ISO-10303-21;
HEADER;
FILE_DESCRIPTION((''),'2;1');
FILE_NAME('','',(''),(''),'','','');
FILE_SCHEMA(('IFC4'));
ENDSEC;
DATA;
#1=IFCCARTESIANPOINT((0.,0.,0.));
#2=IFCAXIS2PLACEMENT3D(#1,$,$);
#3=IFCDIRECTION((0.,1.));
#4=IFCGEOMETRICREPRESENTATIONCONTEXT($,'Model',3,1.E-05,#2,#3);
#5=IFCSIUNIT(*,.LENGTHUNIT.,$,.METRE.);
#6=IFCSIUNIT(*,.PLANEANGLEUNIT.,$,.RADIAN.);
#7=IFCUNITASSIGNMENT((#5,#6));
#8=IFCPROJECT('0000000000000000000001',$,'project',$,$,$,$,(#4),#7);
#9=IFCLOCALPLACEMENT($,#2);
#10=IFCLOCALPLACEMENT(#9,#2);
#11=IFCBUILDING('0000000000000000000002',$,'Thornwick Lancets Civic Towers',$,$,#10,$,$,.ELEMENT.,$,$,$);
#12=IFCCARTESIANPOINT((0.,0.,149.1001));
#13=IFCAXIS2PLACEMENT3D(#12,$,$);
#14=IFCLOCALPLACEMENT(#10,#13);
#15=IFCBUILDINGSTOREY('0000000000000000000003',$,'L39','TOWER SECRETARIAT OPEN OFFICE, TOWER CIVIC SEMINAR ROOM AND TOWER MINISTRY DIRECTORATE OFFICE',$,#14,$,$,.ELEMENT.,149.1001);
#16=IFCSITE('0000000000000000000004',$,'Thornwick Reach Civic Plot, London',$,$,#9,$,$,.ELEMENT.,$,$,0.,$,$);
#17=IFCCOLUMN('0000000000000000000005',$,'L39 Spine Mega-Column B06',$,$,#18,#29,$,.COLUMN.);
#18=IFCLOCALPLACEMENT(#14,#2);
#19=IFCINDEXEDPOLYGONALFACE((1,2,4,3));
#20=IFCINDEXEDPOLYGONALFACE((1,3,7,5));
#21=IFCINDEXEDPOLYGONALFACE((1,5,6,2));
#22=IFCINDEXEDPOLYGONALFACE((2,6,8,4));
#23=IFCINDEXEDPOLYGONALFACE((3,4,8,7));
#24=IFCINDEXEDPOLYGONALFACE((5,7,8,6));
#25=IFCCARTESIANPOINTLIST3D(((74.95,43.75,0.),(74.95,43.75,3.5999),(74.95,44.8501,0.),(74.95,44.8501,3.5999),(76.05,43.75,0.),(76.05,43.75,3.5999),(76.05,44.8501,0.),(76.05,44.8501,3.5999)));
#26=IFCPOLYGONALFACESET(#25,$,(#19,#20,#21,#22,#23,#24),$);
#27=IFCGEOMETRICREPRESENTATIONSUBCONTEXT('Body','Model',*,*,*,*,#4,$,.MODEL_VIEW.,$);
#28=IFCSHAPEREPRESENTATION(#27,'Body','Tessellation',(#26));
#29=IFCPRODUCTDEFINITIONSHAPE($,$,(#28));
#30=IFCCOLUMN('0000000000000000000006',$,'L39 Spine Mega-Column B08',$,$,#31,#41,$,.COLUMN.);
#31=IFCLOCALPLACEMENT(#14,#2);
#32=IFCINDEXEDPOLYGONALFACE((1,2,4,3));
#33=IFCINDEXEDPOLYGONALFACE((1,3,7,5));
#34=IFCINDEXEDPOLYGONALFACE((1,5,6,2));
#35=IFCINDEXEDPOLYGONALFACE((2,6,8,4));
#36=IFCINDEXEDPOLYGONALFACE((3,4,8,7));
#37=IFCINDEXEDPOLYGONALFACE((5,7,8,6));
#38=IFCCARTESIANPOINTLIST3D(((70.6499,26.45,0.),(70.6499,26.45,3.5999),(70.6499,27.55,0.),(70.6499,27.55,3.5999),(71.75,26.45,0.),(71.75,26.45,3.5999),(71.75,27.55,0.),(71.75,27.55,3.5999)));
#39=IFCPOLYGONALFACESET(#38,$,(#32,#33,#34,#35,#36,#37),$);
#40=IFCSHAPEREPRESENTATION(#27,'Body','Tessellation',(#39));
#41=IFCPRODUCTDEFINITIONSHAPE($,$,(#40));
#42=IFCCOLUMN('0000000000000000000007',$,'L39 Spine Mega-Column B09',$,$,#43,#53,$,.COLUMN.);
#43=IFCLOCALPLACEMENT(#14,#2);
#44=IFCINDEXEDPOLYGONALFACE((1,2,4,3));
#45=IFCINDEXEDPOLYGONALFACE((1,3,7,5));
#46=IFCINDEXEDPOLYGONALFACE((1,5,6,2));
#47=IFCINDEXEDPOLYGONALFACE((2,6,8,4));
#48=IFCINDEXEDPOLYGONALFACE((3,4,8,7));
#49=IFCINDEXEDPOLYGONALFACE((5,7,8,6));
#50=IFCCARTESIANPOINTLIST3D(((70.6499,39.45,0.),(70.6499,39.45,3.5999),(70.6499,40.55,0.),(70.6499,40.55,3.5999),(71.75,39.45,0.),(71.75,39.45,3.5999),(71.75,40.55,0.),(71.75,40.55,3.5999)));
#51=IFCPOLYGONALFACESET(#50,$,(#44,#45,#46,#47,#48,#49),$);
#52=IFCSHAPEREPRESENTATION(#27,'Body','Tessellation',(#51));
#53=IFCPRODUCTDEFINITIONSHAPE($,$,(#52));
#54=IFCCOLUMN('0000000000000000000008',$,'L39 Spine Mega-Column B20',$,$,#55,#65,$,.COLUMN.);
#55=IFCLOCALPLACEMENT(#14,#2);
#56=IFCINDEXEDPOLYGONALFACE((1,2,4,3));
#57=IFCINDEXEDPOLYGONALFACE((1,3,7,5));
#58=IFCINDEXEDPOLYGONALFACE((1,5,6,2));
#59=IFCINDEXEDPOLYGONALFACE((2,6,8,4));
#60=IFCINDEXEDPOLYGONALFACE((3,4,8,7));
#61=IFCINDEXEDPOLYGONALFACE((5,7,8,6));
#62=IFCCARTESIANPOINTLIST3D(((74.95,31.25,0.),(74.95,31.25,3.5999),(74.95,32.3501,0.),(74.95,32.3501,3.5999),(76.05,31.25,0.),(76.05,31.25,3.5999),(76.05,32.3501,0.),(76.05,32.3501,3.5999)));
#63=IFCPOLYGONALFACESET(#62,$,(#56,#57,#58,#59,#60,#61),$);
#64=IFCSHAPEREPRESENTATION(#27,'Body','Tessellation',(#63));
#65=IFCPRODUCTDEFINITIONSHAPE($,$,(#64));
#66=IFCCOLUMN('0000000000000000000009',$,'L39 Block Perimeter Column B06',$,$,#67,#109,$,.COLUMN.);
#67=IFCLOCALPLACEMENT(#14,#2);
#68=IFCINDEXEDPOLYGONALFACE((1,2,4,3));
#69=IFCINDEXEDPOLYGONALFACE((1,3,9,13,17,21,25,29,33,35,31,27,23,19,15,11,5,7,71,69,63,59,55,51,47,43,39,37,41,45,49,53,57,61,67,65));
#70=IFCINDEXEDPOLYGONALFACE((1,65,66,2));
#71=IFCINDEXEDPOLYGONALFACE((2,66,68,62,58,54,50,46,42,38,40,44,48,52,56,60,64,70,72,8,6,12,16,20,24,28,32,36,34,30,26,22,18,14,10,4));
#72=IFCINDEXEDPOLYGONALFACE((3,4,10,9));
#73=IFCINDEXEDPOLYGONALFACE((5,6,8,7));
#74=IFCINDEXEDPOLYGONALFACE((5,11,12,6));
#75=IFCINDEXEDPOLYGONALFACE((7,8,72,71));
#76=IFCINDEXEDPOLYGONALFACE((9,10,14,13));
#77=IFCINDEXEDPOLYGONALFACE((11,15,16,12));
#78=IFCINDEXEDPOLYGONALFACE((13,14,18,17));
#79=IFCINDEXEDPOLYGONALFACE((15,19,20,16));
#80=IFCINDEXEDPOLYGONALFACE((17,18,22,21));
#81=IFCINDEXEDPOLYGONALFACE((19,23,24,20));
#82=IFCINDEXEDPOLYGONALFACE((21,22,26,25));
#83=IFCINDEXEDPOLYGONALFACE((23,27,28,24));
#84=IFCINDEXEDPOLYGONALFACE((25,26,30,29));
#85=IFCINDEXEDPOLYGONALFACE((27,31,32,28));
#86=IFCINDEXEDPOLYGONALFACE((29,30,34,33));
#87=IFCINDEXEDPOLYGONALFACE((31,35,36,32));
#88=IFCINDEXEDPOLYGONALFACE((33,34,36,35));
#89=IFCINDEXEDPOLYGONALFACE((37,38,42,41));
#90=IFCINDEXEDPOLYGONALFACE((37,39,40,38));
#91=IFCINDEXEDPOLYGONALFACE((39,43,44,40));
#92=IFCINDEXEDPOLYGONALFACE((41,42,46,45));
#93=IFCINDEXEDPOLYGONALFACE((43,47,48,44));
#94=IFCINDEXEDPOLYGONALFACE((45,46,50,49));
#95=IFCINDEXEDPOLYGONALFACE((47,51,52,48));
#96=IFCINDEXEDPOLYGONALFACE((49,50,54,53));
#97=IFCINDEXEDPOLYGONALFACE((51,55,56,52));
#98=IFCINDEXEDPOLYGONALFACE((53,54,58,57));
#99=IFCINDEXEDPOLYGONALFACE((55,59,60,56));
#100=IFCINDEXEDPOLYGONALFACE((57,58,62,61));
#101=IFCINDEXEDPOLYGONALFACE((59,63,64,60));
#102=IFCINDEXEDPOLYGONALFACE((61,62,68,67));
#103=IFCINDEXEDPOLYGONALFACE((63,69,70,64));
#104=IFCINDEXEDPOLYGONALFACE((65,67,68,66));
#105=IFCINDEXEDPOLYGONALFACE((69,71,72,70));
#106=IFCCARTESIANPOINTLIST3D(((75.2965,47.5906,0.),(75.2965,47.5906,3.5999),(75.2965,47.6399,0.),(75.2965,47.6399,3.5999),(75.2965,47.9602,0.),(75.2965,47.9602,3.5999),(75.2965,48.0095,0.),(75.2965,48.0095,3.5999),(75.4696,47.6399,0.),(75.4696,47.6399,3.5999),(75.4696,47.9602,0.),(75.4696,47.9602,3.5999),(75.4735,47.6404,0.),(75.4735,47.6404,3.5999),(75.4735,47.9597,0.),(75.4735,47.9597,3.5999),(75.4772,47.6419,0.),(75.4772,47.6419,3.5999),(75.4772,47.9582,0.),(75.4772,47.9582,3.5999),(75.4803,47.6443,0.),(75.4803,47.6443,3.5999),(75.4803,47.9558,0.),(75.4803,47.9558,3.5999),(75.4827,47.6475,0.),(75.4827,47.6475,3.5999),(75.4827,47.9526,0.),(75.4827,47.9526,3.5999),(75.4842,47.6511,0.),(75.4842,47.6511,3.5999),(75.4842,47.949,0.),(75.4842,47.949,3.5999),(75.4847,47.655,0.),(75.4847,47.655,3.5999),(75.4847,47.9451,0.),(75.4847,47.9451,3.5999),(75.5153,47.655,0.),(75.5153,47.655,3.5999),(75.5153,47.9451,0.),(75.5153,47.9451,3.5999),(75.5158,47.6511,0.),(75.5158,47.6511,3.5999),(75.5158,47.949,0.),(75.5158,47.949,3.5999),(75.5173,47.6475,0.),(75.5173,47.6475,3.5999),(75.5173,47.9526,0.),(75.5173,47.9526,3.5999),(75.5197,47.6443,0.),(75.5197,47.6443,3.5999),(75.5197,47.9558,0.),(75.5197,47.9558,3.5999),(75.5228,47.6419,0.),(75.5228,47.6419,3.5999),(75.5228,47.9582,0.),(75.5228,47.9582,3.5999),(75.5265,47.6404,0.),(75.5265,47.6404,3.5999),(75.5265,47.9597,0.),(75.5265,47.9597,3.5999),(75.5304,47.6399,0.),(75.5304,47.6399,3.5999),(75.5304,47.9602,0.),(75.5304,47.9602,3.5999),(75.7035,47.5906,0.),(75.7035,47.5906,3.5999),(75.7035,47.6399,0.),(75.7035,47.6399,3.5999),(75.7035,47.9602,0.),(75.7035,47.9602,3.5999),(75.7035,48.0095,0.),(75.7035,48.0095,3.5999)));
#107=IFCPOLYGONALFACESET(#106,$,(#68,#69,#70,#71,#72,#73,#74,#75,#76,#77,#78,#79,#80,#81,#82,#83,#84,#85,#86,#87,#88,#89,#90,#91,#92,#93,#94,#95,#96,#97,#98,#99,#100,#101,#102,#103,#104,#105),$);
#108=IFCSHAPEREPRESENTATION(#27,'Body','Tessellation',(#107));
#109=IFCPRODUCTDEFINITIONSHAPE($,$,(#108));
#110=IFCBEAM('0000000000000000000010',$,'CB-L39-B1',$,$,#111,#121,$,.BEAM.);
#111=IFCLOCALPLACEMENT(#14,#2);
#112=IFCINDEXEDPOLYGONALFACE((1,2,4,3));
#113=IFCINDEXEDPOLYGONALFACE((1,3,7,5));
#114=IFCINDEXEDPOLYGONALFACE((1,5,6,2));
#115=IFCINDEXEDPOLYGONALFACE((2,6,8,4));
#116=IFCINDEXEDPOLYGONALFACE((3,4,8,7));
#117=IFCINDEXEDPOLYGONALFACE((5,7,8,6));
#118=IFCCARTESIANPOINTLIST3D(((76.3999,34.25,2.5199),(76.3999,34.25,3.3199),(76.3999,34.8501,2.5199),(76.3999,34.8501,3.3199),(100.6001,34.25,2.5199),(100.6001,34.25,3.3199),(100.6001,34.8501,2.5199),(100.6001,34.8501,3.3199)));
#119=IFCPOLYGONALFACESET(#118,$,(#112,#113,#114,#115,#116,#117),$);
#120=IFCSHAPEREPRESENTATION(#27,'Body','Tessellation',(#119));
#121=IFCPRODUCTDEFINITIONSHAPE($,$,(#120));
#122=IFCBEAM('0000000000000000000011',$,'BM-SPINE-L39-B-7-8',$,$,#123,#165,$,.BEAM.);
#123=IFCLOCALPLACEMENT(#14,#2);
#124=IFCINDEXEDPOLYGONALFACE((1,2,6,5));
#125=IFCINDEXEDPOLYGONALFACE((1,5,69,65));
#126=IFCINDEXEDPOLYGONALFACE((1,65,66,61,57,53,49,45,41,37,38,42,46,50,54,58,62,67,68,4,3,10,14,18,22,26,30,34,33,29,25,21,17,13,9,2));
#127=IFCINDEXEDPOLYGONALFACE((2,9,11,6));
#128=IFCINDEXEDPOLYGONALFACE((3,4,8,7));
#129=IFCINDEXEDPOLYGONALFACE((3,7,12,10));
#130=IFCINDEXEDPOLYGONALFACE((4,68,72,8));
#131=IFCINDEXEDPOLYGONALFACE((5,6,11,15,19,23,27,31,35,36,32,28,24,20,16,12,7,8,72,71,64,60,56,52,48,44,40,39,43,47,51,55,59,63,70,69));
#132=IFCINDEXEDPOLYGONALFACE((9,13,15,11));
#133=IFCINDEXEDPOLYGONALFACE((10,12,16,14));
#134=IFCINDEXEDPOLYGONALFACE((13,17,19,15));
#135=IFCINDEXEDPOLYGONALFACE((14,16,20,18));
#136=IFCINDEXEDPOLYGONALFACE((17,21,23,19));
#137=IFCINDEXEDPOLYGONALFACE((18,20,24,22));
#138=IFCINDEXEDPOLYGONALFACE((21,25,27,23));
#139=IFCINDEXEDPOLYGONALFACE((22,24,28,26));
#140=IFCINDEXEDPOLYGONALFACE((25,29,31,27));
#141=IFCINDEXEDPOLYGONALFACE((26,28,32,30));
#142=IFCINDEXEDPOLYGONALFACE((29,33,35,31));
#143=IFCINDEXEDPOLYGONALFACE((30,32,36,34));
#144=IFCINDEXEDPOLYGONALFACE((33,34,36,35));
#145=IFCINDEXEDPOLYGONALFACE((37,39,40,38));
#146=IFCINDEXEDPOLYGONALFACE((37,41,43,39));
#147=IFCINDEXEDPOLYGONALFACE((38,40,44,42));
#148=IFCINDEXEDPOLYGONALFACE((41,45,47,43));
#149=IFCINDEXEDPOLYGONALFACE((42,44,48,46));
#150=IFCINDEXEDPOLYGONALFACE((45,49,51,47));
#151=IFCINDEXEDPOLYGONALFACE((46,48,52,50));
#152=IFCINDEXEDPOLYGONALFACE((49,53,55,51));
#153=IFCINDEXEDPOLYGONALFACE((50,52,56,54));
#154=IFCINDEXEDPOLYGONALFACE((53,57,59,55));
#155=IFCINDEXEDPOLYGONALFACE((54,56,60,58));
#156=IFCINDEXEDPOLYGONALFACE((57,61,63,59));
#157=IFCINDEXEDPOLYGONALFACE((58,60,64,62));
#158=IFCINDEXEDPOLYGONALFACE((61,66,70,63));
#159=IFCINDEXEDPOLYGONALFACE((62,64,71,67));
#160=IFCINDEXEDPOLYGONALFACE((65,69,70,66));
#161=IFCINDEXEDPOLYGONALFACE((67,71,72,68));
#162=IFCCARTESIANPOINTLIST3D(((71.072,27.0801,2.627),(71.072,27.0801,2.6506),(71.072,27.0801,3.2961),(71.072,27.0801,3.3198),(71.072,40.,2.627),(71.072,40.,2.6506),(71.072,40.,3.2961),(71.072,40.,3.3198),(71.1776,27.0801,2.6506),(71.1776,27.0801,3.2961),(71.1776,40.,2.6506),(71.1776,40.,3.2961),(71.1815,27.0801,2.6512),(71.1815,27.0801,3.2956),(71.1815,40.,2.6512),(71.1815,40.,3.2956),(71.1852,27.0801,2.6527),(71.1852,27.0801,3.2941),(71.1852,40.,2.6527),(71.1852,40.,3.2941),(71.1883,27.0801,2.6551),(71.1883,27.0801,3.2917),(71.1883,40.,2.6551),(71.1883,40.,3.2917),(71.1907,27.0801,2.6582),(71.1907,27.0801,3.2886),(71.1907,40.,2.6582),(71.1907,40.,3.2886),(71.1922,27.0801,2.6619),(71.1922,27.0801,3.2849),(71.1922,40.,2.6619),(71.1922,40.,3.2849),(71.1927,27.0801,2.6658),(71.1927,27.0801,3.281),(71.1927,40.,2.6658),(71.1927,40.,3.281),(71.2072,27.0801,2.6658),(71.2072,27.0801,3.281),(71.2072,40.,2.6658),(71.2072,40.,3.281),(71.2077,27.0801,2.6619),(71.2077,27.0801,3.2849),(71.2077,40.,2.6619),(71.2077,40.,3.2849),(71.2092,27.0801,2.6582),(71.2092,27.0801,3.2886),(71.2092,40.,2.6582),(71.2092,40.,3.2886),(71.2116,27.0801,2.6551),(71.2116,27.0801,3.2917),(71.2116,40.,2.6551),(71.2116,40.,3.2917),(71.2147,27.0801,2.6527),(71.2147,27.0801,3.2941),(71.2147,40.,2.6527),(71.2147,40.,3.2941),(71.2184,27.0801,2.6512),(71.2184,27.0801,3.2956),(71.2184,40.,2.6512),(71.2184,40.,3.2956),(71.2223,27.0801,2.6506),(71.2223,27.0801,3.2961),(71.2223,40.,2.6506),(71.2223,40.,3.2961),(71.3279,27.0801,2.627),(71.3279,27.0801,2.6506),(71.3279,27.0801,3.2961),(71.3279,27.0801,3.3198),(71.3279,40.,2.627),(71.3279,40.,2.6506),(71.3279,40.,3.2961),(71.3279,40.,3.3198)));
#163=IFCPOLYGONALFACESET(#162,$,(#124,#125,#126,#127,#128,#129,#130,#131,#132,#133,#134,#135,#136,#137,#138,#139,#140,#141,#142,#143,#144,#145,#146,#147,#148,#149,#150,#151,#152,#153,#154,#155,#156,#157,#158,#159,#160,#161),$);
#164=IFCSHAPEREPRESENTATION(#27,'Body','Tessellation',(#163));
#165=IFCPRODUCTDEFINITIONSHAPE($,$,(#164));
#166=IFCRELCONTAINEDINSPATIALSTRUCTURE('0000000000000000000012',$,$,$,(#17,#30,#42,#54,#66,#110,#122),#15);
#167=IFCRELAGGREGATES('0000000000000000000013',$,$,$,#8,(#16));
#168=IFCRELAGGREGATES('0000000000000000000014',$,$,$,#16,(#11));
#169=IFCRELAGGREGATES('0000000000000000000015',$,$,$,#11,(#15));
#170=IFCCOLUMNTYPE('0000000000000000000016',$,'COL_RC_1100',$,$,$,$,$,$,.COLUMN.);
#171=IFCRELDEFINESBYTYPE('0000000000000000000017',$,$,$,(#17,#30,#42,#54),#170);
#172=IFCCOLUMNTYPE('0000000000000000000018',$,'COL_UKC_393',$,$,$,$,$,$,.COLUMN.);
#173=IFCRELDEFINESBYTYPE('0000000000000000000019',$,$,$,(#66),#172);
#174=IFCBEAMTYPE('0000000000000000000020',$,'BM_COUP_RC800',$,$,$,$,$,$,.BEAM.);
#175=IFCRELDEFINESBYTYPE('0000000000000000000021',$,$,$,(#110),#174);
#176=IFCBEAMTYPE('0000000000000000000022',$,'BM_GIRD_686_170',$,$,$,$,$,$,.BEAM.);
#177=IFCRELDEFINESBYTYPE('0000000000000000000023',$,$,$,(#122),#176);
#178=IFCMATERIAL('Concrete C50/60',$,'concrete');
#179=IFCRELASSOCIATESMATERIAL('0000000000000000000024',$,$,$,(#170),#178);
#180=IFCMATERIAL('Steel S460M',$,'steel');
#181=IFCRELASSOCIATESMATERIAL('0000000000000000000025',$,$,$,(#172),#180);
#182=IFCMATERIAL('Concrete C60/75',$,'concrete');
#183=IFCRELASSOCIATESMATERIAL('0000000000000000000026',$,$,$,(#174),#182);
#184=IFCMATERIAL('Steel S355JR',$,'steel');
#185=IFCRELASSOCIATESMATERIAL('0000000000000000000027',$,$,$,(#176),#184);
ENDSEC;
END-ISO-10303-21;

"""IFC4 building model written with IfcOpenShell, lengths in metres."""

from ifc_helpers import new_model, si_unit, direction, frame, origin, origin_2d, place, context, subcontext, project, spatial, rectangle, i_section, extrude, material, material_profile, profile_set, type_object, element, save


model = new_model("IFC4")

# Units and contexts
model_context = context("Model", 3, precision=1e-05, world=origin(), true_north=direction((0.0, 1.0)))
body_context = subcontext(model_context, "Body", "Model", "MODEL_VIEW")
ifc_project = project(units=[si_unit("LENGTHUNIT", "METRE"), si_unit("PLANEANGLEUNIT", "RADIAN")], contexts=[model_context])

# Site, building, storey
site_placement = place(None, origin())
site = spatial("IfcSite", under=ifc_project, at=site_placement, Name="Thornwick Reach Civic Plot, London", CompositionType="ELEMENT", RefElevation=0.0)
building_placement = place(site_placement, origin())
building = spatial("IfcBuilding", under=site, at=building_placement, Name="Thornwick Lancets Civic Towers", CompositionType="ELEMENT")
storey_placement = place(building_placement, frame((0.0, 0.0, 149.1001)))
storey = spatial("IfcBuildingStorey", under=building, at=storey_placement, Name="L39", Description="TOWER SECRETARIAT OPEN OFFICE, TOWER CIVIC SEMINAR ROOM AND TOWER MINISTRY DIRECTORATE OFFICE", CompositionType="ELEMENT", Elevation=149.1001)

# Columns
ifc_material_1 = material(Name="Concrete C50/60", Category="concrete")
ifc_material_profile_1 = material_profile(ifc_material_1, rectangle(XDim=1.1001, YDim=1.1001, at=origin_2d()), Name="RC 1100x1100")
ifc_profile_set_1 = profile_set([ifc_material_profile_1], Name="Concrete C50/60")
column_type_1 = type_object("IfcColumnType", Name="COL_RC_1100", PredefinedType="COLUMN", material=ifc_profile_set_1)
for number, where, z_axis, x_axis, name in (
    (1, (75.5, 44.3, 0.0), (0.0, 0.0, 1.0), (1.0, 0.0, 0.0), "L39 Spine Mega-Column B06"),
    (2, (71.2, 27.0, 0.0), (0.0, 0.0, 1.0), (1.0, 0.0, 0.0), "L39 Spine Mega-Column B08"),
    (3, (71.2, 40.0, 0.0), (0.0, 0.0, 1.0), (1.0, 0.0, 0.0), "L39 Spine Mega-Column B09"),
    (4, (75.5, 31.8, 0.0), (0.0, 0.0, 1.0), (1.0, 0.0, 0.0), "L39 Spine Mega-Column B20"),
):
    element("IfcColumn", number, at=place(storey_placement, frame(where, z_axis=z_axis, x_axis=x_axis)), inside=storey, type_object=column_type_1, Name=name, PredefinedType="COLUMN", context=body_context, shape_type="SweptSolid", body=[
        extrude(rectangle(XDim=1.1001, YDim=1.1001, at=origin_2d()), origin(), (0.0, 0.0, 1.0), 3.5999),
    ])
ifc_material_2 = material(Name="Steel S460M", Category="steel")
ifc_material_profile_2 = material_profile(ifc_material_2, i_section(OverallWidth=0.407, OverallDepth=0.4189, WebThickness=0.0305, FlangeThickness=0.0493, FilletRadius=0.0151, at=origin_2d()), Name="UKC 356x406x393")
ifc_profile_set_2 = profile_set([ifc_material_profile_2], Name="Steel S460M")
column_type_2 = type_object("IfcColumnType", Name="COL_UKC_393", PredefinedType="COLUMN", material=ifc_profile_set_2)
column_placement = place(storey_placement, frame((75.5, 47.8, 0.0), z_axis=(0.0, 0.0, 1.0), x_axis=(1.0, 0.0, 0.0)))
element("IfcColumn", 5, at=column_placement, inside=storey, type_object=column_type_2, Name="L39 Block Perimeter Column B06", PredefinedType="COLUMN", context=body_context, shape_type="SweptSolid", body=[
    extrude(i_section(OverallWidth=0.407, OverallDepth=0.4189, WebThickness=0.0305, FlangeThickness=0.0493, FilletRadius=0.0151, at=origin_2d()), origin(), (0.0, 0.0, 1.0), 3.5999),
])

# Beams
ifc_material_3 = material(Name="Concrete C60/75", Category="concrete")
ifc_material_profile_3 = material_profile(ifc_material_3, rectangle(XDim=0.6001, YDim=0.8, at=origin_2d()), Name="RC 600x800")
ifc_profile_set_3 = profile_set([ifc_material_profile_3], Name="Concrete C60/75")
beam_type_1 = type_object("IfcBeamType", Name="BM_COUP_RC800", PredefinedType="BEAM", material=ifc_profile_set_3)
beam_1_placement = place(storey_placement, frame((76.3999, 34.55, 2.9199), z_axis=(1.0, 0.0, 0.0), x_axis=(0.0, 1.0, 0.0)))
element("IfcBeam", 6, at=beam_1_placement, inside=storey, type_object=beam_type_1, Name="CB-L39-B1", PredefinedType="BEAM", context=body_context, shape_type="SweptSolid", body=[
    extrude(rectangle(XDim=0.6001, YDim=0.8, at=origin_2d()), origin(), (0.0, 0.0, 1.0), 24.2002),
])
ifc_material_4 = material(Name="Steel S355JR", Category="steel")
ifc_material_profile_4 = material_profile(ifc_material_4, i_section(OverallWidth=0.2559, OverallDepth=0.6929, WebThickness=0.0144, FlangeThickness=0.0237, FilletRadius=0.0151, at=origin_2d()), Name="UKB 686x254x170")
ifc_profile_set_4 = profile_set([ifc_material_profile_4], Name="Steel S355JR")
beam_type_2 = type_object("IfcBeamType", Name="BM_GIRD_686_170", PredefinedType="BEAM", material=ifc_profile_set_4)
beam_2_placement = place(storey_placement, frame((71.2, 27.0801, 2.9734), z_axis=(0.0, 1.0, 0.0), x_axis=(-1.0, 0.0, 0.0)))
element("IfcBeam", 7, at=beam_2_placement, inside=storey, type_object=beam_type_2, Name="BM-SPINE-L39-B-7-8", PredefinedType="BEAM", context=body_context, shape_type="SweptSolid", body=[
    extrude(i_section(OverallWidth=0.2559, OverallDepth=0.6929, WebThickness=0.0144, FlangeThickness=0.0237, FilletRadius=0.0151, at=origin_2d()), origin(), (0.0, 0.0, 1.0), 12.9199),
])

save(model, "model.ifc")
